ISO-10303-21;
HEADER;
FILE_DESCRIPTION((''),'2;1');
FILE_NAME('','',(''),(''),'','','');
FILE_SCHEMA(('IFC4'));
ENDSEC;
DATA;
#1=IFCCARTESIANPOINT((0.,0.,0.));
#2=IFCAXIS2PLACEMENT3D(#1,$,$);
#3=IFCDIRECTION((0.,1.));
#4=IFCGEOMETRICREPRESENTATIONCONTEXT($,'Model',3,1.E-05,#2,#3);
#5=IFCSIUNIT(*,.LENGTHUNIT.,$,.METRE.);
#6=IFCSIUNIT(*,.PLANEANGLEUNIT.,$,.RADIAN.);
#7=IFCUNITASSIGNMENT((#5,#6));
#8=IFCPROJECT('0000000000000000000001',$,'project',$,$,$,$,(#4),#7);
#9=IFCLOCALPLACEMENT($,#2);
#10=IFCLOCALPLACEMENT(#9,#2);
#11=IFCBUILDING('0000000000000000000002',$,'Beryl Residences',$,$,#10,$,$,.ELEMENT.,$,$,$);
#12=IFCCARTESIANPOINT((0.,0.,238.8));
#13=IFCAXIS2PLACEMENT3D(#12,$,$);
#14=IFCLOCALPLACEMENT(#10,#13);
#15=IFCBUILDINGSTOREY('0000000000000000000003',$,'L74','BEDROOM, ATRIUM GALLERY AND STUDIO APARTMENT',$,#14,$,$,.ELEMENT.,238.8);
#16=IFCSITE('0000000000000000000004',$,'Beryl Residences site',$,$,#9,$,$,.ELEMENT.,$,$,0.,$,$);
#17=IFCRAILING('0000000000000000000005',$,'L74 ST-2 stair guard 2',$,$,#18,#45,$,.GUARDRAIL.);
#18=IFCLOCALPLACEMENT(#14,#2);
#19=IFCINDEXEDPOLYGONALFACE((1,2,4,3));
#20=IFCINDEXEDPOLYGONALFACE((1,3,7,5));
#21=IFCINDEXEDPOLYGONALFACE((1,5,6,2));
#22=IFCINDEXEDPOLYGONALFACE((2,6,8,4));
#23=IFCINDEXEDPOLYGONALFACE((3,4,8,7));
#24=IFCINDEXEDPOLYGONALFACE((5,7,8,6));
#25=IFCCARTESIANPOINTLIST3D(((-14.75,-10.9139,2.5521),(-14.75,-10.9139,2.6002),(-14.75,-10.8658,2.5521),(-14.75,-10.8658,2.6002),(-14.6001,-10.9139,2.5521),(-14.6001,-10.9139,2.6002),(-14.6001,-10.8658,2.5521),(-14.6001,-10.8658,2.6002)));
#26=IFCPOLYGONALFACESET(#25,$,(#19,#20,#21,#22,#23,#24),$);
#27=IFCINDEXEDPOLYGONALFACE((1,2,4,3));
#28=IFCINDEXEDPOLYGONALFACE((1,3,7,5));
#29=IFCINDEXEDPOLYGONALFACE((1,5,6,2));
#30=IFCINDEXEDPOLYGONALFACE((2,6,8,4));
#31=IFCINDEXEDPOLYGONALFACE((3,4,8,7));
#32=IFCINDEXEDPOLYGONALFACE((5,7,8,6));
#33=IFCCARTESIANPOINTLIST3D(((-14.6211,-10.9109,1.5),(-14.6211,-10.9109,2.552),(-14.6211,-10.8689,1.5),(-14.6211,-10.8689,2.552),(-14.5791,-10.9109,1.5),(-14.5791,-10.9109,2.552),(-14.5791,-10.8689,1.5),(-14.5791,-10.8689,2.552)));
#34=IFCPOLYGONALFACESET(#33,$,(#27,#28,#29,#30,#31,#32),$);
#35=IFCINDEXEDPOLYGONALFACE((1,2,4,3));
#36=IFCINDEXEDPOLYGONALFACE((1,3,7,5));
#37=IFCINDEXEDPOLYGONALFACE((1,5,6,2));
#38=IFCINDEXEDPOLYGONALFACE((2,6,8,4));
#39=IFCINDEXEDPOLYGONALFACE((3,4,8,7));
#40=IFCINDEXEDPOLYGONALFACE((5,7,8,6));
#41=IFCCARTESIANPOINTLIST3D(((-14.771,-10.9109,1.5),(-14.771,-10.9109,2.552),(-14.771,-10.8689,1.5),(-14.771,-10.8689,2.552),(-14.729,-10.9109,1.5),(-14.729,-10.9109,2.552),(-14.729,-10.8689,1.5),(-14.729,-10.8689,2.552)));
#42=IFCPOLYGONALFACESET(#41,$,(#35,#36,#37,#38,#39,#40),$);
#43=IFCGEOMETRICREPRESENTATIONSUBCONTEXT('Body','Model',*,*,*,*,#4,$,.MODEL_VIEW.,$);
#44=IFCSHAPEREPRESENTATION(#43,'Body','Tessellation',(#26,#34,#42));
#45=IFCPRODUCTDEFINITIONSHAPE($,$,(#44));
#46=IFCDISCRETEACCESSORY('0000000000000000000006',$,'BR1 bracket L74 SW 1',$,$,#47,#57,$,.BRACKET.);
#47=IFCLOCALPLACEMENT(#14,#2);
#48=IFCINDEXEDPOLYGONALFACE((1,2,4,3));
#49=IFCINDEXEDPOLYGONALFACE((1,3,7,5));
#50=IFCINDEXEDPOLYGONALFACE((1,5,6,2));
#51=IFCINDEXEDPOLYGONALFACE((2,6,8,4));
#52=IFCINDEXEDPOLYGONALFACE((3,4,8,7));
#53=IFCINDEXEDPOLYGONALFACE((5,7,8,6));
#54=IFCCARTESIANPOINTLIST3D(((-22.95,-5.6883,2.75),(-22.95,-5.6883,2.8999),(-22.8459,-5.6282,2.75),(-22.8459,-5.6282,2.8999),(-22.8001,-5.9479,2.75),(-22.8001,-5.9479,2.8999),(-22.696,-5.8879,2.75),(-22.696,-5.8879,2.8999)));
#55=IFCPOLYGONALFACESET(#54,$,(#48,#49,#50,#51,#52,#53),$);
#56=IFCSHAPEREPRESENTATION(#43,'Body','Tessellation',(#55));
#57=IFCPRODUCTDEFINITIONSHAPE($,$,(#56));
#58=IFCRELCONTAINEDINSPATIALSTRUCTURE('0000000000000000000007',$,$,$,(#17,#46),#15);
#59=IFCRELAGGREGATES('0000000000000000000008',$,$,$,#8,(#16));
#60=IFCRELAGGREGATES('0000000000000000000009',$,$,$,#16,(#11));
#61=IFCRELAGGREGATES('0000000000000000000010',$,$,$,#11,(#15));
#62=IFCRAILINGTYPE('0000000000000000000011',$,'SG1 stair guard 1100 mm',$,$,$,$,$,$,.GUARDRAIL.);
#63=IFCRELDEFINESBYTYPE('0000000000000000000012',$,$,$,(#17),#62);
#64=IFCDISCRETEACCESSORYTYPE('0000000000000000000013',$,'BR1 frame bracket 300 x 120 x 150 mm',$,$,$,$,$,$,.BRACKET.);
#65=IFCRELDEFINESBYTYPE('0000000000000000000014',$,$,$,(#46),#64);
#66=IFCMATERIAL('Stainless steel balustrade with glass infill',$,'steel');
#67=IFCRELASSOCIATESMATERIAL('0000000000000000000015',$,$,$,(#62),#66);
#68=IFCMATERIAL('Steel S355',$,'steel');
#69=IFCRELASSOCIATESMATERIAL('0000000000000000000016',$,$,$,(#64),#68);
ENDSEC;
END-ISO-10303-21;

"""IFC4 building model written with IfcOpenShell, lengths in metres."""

from ifc_helpers import new_model, si_unit, direction, frame, origin, origin_2d, place, context, subcontext, project, spatial, polyline, rectangle, outline, extrude, source, transform, mapped, material, type_object, type_shapes, element, save


model = new_model("IFC4")

# Units and contexts
model_context = context("Model", 3, precision=1e-05, world=origin(), true_north=direction((0.0, 1.0)))
body_context = subcontext(model_context, "Body", "Model", "MODEL_VIEW")
ifc_project = project(units=[si_unit("LENGTHUNIT", "METRE"), si_unit("PLANEANGLEUNIT", "RADIAN")], contexts=[model_context])

# Site, building, storey
site_placement = place(None, origin())
site = spatial("IfcSite", under=ifc_project, at=site_placement, Name="Beryl Residences site", CompositionType="ELEMENT", RefElevation=0.0)
building_placement = place(site_placement, origin())
building = spatial("IfcBuilding", under=site, at=building_placement, Name="Beryl Residences", CompositionType="ELEMENT")
storey_placement = place(building_placement, frame((0.0, 0.0, 238.8)))
storey = spatial("IfcBuildingStorey", under=building, at=storey_placement, Name="L74", Description="BEDROOM, ATRIUM GALLERY AND STUDIO APARTMENT", CompositionType="ELEMENT", Elevation=238.8)

# Railing
ifc_material_1 = material(Name="Stainless steel balustrade with glass infill", Category="steel")
railing_type = type_object("IfcRailingType", Name="SG1 stair guard 1100 mm", PredefinedType="GUARDRAIL", material=ifc_material_1)
railing_placement = place(storey_placement, frame((-14.6001, -10.8899, 1.5)))
element("IfcRailing", 1, at=railing_placement, inside=storey, type_object=railing_type, Name="L74 ST-2 stair guard 2", PredefinedType="GUARDRAIL", context=body_context, shape_type="SweptSolid", body=[
    extrude(rectangle(XDim=0.0481, YDim=0.0481, at=origin_2d()), frame((0.0, 0.0, 1.0762), z_axis=(-1.0, 0.0, 0.0), x_axis=(0.0, -1.0, 0.0)), (0.0, 0.0, 1.0), 0.1499),
    extrude(rectangle(XDim=0.042, YDim=0.042, at=origin_2d()), origin(), (0.0, 0.0, 1.0), 1.052),
    extrude(rectangle(XDim=0.042, YDim=0.042, at=origin_2d()), frame((-0.1499, 0.0, 0.0)), (0.0, 0.0, 1.0), 1.052),
])

# Discrete accessory
ifc_material_2 = material(Name="Steel S355", Category="steel")
discrete_accessory_type = type_object("IfcDiscreteAccessoryType", Name="BR1 frame bracket 300 x 120 x 150 mm", PredefinedType="BRACKET", material=ifc_material_2)
shared_shape_1 = source(origin(), body_context, "Body", "SweptSolid", [
    extrude(outline(polyline([(-0.1499, 0.0), (0.1499, 0.0), (0.1499, 0.1201), (-0.1499, 0.1201), (-0.1499, 0.0)])), origin(), (0.0, 0.0, 1.0), 0.1499),
])
type_shapes(discrete_accessory_type, [shared_shape_1])
discrete_accessory_placement = place(storey_placement, frame((-22.771, -5.7581, 2.75), z_axis=(0.0, 0.0, 1.0), x_axis=(-0.5, 0.866025, 0.0)))
element("IfcDiscreteAccessory", 2, at=discrete_accessory_placement, inside=storey, type_object=discrete_accessory_type, Name="BR1 bracket L74 SW 1", PredefinedType="BRACKET", context=body_context, shape_type="MappedRepresentation", body=[
    mapped(shared_shape_1, transform((0.0, 0.0, 0.0))),
])

save(model, "model.ifc")
